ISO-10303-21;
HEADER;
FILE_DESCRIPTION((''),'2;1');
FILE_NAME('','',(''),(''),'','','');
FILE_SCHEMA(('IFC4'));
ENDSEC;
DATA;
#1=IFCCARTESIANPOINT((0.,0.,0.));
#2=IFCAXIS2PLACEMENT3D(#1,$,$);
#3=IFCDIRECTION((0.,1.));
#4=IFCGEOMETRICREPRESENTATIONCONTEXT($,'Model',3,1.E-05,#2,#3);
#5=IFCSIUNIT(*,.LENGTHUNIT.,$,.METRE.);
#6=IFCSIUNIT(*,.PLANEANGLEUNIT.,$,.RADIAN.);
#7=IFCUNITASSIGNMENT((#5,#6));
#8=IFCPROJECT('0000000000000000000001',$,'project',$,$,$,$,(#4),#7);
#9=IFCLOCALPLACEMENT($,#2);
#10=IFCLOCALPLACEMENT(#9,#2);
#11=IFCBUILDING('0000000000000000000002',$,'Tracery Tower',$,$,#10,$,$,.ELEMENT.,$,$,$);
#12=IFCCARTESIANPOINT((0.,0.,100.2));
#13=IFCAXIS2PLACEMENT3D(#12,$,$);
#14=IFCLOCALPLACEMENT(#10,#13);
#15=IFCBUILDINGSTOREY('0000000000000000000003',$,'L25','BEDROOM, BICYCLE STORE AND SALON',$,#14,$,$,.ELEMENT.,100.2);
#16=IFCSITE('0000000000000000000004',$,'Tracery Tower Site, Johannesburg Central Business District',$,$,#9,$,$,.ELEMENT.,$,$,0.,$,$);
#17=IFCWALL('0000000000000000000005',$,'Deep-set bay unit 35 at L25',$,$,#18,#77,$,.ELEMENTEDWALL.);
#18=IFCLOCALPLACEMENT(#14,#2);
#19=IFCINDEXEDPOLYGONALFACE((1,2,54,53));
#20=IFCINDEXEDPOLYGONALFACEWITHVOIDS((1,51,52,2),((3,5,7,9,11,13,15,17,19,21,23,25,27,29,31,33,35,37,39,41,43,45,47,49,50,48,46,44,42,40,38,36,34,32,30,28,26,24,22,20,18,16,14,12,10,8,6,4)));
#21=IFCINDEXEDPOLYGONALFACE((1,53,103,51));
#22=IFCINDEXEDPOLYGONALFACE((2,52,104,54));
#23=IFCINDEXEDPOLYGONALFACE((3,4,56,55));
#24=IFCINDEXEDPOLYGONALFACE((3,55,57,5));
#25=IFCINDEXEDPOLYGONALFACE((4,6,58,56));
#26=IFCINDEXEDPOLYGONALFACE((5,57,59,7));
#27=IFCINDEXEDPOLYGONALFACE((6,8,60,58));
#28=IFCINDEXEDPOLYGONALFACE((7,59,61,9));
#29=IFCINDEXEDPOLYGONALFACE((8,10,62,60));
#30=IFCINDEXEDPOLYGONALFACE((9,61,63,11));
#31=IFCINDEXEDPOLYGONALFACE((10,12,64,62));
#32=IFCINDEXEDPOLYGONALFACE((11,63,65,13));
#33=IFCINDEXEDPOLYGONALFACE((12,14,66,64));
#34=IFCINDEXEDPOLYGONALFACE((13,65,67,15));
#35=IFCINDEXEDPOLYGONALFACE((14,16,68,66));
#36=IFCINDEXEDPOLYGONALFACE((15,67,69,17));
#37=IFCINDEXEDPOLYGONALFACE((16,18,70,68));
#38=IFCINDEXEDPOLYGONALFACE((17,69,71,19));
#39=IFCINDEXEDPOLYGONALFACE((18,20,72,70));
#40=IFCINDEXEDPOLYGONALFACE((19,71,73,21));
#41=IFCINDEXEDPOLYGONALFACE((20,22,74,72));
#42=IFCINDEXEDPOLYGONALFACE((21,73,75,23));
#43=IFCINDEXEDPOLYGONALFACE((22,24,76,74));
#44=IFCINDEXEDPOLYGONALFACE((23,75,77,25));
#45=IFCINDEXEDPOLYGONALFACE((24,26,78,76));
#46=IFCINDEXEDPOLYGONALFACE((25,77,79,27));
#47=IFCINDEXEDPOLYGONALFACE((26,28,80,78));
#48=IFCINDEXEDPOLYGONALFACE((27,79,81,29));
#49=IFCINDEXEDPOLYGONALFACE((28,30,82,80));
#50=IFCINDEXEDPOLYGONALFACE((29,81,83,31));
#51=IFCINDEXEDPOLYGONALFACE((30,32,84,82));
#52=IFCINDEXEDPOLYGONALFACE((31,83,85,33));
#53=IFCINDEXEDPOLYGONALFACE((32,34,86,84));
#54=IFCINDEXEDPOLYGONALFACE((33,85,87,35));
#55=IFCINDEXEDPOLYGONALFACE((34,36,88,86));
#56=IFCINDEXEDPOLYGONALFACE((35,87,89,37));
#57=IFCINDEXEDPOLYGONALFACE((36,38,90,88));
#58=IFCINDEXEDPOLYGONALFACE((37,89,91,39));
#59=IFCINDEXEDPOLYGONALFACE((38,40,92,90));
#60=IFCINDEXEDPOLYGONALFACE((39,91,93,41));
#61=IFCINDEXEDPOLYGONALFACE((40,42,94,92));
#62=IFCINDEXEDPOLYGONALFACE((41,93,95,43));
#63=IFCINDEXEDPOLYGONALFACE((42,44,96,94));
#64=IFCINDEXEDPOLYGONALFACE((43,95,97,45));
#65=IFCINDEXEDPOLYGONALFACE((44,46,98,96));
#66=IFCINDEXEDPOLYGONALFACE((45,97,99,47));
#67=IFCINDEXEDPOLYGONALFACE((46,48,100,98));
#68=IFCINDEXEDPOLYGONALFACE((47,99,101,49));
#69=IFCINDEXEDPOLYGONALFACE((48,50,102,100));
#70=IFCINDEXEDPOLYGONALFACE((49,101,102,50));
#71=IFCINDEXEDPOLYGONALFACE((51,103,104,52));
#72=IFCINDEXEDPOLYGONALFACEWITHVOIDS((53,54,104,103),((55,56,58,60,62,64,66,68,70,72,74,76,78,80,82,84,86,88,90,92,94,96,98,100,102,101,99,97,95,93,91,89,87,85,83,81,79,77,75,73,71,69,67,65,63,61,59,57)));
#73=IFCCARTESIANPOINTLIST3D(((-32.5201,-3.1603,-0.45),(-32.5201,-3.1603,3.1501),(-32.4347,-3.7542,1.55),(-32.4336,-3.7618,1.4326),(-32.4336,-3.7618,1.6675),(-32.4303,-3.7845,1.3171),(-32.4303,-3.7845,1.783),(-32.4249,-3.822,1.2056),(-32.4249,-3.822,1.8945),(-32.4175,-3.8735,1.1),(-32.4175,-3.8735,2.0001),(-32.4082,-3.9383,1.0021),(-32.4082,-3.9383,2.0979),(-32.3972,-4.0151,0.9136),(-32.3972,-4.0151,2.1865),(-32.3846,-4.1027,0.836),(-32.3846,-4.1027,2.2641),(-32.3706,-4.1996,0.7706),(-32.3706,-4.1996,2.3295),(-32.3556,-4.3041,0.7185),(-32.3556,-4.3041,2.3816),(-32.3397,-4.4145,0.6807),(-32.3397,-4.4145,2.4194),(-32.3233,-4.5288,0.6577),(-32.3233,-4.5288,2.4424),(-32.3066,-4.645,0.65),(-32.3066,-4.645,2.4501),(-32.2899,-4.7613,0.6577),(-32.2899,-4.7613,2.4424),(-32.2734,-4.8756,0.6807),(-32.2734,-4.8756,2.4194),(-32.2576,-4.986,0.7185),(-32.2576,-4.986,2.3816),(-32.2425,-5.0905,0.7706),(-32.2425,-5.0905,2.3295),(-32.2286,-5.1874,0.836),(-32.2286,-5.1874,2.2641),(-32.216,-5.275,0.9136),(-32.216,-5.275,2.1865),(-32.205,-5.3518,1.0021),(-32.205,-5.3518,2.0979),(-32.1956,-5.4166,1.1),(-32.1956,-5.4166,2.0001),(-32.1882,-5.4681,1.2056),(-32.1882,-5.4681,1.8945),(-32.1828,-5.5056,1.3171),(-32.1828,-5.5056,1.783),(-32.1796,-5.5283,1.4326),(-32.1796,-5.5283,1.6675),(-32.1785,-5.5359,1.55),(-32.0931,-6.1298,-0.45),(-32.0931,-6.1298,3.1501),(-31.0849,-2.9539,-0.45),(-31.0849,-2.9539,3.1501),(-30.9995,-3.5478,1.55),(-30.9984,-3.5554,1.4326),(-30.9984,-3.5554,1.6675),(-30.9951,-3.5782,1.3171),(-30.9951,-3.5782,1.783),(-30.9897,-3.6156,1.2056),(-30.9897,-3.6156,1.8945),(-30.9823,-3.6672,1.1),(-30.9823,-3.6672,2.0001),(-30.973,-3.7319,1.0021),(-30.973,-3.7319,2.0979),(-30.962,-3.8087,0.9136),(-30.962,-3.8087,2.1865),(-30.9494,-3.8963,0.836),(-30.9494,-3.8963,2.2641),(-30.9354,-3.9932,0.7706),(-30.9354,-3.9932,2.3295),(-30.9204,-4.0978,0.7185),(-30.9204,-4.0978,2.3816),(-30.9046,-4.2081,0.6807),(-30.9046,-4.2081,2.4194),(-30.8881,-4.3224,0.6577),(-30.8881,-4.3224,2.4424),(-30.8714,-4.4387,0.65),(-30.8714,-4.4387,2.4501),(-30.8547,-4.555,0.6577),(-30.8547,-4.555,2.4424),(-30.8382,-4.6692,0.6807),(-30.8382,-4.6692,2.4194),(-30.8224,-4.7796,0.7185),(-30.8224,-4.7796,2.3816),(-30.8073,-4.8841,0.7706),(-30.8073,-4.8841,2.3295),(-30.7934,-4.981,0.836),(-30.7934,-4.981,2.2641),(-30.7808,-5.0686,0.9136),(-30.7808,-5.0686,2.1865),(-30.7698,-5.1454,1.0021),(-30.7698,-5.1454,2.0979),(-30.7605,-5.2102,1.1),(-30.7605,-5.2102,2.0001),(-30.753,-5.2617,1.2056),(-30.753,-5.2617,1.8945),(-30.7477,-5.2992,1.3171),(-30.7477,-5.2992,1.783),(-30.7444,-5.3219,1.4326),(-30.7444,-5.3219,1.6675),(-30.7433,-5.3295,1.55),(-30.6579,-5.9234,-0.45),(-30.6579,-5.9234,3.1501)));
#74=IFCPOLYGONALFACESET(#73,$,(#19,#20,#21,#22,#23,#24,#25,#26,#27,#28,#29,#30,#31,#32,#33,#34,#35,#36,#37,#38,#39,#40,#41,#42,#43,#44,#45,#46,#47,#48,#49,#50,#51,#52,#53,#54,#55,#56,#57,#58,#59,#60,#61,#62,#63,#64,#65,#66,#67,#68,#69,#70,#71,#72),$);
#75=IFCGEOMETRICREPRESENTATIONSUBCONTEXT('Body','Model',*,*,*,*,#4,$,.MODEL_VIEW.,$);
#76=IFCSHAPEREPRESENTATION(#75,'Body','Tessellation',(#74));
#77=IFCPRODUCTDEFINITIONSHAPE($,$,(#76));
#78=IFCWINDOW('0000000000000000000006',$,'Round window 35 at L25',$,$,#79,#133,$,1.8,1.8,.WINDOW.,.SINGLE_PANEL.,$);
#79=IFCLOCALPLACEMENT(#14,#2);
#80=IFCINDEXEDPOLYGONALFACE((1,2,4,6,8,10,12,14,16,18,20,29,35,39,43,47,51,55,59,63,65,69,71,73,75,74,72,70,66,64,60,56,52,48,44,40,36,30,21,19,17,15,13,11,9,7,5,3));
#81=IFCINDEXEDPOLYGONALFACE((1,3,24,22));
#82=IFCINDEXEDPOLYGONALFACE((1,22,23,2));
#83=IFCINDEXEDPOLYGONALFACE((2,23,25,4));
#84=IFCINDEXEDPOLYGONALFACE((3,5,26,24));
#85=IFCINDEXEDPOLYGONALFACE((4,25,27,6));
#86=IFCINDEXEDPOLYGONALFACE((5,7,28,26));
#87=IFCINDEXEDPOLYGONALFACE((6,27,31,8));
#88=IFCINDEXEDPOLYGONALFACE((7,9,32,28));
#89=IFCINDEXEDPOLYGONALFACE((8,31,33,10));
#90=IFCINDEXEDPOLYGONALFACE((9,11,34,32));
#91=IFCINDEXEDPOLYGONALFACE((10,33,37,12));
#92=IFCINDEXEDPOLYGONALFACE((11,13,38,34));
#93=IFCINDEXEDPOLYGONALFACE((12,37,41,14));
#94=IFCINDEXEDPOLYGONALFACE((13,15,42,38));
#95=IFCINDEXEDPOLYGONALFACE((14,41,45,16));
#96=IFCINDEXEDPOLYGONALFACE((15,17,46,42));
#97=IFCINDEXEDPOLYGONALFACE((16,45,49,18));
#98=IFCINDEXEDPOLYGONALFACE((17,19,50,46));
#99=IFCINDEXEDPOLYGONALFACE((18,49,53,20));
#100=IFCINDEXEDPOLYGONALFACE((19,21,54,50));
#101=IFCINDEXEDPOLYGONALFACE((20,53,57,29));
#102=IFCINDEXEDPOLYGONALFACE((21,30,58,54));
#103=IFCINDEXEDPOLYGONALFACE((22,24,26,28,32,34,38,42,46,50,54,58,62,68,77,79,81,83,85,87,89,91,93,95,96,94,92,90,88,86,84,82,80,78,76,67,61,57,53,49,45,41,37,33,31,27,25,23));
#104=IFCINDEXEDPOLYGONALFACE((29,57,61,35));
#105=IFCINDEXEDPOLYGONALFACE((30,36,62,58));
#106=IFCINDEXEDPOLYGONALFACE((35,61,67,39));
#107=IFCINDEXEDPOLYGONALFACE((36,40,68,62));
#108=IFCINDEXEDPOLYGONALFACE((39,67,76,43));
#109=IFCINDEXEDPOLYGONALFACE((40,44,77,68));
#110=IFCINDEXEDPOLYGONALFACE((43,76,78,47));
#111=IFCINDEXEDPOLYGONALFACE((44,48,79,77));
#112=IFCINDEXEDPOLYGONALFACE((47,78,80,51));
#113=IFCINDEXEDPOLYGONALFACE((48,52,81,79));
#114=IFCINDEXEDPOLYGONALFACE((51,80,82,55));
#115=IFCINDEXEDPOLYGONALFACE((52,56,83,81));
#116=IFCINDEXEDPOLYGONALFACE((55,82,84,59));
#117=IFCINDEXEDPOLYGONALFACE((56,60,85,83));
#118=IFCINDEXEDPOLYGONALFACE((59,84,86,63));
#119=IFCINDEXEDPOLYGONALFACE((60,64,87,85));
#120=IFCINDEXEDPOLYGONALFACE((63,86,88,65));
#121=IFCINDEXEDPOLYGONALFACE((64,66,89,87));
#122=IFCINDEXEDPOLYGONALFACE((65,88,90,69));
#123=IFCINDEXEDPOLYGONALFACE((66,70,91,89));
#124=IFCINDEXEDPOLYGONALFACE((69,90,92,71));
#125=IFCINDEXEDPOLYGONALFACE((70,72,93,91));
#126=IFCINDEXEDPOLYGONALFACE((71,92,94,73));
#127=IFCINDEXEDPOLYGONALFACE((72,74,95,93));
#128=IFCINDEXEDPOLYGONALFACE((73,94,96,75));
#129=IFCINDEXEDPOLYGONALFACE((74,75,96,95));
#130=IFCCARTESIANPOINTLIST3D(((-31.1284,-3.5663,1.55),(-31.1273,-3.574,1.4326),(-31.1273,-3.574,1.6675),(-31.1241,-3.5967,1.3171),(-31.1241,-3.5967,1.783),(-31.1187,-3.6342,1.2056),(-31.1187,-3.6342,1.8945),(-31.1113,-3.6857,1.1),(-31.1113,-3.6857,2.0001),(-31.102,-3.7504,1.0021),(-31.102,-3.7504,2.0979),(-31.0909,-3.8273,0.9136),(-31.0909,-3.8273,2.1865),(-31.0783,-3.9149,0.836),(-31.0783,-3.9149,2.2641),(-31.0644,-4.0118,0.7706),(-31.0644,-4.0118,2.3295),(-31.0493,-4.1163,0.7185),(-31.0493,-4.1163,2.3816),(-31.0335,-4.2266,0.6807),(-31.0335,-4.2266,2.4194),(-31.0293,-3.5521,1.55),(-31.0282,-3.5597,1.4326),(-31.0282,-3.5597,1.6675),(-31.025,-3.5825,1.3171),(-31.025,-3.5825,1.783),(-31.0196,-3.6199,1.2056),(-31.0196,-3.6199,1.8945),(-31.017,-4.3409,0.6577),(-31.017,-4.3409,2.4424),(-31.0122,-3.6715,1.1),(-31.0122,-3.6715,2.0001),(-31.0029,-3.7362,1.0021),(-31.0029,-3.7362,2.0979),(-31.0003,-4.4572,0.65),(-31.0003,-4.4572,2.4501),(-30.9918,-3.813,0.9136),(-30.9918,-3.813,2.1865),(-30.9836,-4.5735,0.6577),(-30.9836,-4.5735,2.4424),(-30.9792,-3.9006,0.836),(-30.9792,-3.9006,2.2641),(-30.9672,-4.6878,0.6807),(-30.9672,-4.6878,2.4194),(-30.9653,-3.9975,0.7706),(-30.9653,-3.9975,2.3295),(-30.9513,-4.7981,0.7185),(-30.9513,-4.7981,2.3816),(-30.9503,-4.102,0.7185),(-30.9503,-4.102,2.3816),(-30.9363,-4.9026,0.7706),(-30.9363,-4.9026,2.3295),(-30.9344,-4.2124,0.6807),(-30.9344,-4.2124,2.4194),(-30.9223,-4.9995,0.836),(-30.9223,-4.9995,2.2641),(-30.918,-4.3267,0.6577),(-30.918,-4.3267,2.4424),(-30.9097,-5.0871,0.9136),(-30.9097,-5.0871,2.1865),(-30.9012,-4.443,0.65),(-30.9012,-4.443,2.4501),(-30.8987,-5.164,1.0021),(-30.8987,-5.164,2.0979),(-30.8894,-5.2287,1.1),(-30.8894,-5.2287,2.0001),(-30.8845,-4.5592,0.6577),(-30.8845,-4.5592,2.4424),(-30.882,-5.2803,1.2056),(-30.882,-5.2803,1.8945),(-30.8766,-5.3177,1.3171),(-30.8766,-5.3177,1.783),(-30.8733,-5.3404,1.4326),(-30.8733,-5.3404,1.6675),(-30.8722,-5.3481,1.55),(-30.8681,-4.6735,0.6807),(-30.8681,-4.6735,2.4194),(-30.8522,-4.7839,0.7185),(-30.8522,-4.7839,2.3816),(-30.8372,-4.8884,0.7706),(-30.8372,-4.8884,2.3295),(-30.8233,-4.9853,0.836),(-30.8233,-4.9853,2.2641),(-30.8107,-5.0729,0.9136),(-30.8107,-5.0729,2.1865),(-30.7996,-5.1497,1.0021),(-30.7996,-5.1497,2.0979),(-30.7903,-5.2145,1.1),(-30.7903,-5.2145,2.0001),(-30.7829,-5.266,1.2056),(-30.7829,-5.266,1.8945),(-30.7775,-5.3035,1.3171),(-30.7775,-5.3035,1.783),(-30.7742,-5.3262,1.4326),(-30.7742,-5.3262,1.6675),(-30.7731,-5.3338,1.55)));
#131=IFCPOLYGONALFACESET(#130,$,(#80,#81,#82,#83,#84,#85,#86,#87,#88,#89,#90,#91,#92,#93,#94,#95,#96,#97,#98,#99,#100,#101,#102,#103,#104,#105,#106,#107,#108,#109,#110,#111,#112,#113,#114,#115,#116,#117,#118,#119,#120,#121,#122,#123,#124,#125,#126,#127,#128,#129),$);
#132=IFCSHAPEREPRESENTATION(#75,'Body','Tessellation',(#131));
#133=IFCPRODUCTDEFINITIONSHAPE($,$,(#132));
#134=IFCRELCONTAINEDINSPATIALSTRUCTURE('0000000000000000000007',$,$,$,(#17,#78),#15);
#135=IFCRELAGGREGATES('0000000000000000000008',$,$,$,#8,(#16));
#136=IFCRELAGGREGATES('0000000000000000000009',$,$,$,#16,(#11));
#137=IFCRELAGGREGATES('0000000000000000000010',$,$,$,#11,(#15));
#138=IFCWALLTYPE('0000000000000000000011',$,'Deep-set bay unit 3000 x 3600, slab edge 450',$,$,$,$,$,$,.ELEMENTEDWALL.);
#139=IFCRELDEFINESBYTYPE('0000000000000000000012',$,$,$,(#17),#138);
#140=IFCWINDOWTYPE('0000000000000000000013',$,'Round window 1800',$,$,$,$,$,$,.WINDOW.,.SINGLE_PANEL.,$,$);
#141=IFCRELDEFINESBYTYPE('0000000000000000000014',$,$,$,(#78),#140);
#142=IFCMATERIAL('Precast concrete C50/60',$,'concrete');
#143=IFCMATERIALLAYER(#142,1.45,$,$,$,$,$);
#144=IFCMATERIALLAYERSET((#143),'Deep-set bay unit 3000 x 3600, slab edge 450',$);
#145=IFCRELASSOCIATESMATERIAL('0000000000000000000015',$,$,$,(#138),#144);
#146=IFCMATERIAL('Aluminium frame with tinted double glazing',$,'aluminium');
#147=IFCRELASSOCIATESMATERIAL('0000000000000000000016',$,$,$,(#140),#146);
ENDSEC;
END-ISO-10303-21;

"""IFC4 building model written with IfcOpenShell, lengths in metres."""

from ifc_helpers import new_model, si_unit, direction, frame, frame_2d, origin, origin_2d, place, context, subcontext, project, spatial, rectangle, circle, extrude, material, layer, layer_set, type_object, element, fill, save


model = new_model("IFC4")

# Units and contexts
model_context = context("Model", 3, precision=1e-05, world=origin(), true_north=direction((0.0, 1.0)))
body_context = subcontext(model_context, "Body", "Model", "MODEL_VIEW")
ifc_project = project(units=[si_unit("LENGTHUNIT", "METRE"), si_unit("PLANEANGLEUNIT", "RADIAN")], contexts=[model_context])

# Site, building, storey
site_placement = place(None, origin())
site = spatial("IfcSite", under=ifc_project, at=site_placement, Name="Tracery Tower Site, Johannesburg Central Business District", CompositionType="ELEMENT", RefElevation=0.0)
building_placement = place(site_placement, origin())
building = spatial("IfcBuilding", under=site, at=building_placement, Name="Tracery Tower", CompositionType="ELEMENT")
storey_placement = place(building_placement, frame((0.0, 0.0, 100.2)))
storey = spatial("IfcBuildingStorey", under=building, at=storey_placement, Name="L25", Description="BEDROOM, BICYCLE STORE AND SALON", CompositionType="ELEMENT", Elevation=100.2)

# Wall, opening, window
ifc_material_1 = material(Name="Precast concrete C50/60", Category="concrete")
ifc_layer_1 = layer(ifc_material_1, 1.45)
ifc_layer_set_1 = layer_set([ifc_layer_1], Name="Deep-set bay unit 3000 x 3600, slab edge 450")
wall_type_1 = type_object("IfcWallType", Name="Deep-set bay unit 3000 x 3600, slab edge 450", PredefinedType="ELEMENTEDWALL", material=ifc_layer_set_1)
wall_1_placement = place(storey_placement, frame((-31.8025, -3.0571, -0.45), z_axis=(0.0, 0.0, 1.0), x_axis=(0.142333, -0.989819, 0.0)))
wall_1 = element("IfcWall", 1, at=wall_1_placement, inside=storey, type_object=wall_type_1, Name="Deep-set bay unit 35 at L25", PredefinedType="ELEMENTEDWALL", context=body_context, shape_type="SweptSolid", body=[
    extrude(rectangle(XDim=3.0, YDim=1.45, at=frame_2d((1.5, 0.0))), origin(), (0.0, 0.0, 1.0), 3.6001),
])
opening_1_placement = place(wall_1_placement, frame((1.5, 0.0, 2.0)))
opening_1 = element("IfcOpeningElement", 2, at=opening_1_placement, cuts=wall_1, PredefinedType="OPENING", context=body_context, shape_type="SweptSolid", body=[
    extrude(circle(Radius=0.9, at=origin_2d()), frame((0.0, 0.7349, 0.0), z_axis=(0.0, -1.0, 0.0), x_axis=(1.0, 0.0, 0.0)), (0.0, 0.0, 1.0), 1.47),
])
ifc_material_2 = material(Name="Aluminium frame with tinted double glazing", Category="aluminium")
window_type = type_object("IfcWindowType", Name="Round window 1800", PartitioningType="SINGLE_PANEL", PredefinedType="WINDOW", material=ifc_material_2)
window_1_placement = place(opening_1_placement, origin())
window_1 = element("IfcWindow", 3, at=window_1_placement, inside=storey, type_object=window_type, Name="Round window 35 at L25", OverallHeight=1.8, OverallWidth=1.8, PartitioningType="SINGLE_PANEL", PredefinedType="WINDOW", context=body_context, shape_type="SweptSolid", body=[
    extrude(circle(Radius=0.9, at=origin_2d()), frame((0.0, 0.6948, 0.0), z_axis=(0.0, -1.0, 0.0), x_axis=(1.0, 0.0, 0.0)), (0.0, 0.0, 1.0), 0.1001),
])
fill(opening_1, window_1)

save(model, "model.ifc")
